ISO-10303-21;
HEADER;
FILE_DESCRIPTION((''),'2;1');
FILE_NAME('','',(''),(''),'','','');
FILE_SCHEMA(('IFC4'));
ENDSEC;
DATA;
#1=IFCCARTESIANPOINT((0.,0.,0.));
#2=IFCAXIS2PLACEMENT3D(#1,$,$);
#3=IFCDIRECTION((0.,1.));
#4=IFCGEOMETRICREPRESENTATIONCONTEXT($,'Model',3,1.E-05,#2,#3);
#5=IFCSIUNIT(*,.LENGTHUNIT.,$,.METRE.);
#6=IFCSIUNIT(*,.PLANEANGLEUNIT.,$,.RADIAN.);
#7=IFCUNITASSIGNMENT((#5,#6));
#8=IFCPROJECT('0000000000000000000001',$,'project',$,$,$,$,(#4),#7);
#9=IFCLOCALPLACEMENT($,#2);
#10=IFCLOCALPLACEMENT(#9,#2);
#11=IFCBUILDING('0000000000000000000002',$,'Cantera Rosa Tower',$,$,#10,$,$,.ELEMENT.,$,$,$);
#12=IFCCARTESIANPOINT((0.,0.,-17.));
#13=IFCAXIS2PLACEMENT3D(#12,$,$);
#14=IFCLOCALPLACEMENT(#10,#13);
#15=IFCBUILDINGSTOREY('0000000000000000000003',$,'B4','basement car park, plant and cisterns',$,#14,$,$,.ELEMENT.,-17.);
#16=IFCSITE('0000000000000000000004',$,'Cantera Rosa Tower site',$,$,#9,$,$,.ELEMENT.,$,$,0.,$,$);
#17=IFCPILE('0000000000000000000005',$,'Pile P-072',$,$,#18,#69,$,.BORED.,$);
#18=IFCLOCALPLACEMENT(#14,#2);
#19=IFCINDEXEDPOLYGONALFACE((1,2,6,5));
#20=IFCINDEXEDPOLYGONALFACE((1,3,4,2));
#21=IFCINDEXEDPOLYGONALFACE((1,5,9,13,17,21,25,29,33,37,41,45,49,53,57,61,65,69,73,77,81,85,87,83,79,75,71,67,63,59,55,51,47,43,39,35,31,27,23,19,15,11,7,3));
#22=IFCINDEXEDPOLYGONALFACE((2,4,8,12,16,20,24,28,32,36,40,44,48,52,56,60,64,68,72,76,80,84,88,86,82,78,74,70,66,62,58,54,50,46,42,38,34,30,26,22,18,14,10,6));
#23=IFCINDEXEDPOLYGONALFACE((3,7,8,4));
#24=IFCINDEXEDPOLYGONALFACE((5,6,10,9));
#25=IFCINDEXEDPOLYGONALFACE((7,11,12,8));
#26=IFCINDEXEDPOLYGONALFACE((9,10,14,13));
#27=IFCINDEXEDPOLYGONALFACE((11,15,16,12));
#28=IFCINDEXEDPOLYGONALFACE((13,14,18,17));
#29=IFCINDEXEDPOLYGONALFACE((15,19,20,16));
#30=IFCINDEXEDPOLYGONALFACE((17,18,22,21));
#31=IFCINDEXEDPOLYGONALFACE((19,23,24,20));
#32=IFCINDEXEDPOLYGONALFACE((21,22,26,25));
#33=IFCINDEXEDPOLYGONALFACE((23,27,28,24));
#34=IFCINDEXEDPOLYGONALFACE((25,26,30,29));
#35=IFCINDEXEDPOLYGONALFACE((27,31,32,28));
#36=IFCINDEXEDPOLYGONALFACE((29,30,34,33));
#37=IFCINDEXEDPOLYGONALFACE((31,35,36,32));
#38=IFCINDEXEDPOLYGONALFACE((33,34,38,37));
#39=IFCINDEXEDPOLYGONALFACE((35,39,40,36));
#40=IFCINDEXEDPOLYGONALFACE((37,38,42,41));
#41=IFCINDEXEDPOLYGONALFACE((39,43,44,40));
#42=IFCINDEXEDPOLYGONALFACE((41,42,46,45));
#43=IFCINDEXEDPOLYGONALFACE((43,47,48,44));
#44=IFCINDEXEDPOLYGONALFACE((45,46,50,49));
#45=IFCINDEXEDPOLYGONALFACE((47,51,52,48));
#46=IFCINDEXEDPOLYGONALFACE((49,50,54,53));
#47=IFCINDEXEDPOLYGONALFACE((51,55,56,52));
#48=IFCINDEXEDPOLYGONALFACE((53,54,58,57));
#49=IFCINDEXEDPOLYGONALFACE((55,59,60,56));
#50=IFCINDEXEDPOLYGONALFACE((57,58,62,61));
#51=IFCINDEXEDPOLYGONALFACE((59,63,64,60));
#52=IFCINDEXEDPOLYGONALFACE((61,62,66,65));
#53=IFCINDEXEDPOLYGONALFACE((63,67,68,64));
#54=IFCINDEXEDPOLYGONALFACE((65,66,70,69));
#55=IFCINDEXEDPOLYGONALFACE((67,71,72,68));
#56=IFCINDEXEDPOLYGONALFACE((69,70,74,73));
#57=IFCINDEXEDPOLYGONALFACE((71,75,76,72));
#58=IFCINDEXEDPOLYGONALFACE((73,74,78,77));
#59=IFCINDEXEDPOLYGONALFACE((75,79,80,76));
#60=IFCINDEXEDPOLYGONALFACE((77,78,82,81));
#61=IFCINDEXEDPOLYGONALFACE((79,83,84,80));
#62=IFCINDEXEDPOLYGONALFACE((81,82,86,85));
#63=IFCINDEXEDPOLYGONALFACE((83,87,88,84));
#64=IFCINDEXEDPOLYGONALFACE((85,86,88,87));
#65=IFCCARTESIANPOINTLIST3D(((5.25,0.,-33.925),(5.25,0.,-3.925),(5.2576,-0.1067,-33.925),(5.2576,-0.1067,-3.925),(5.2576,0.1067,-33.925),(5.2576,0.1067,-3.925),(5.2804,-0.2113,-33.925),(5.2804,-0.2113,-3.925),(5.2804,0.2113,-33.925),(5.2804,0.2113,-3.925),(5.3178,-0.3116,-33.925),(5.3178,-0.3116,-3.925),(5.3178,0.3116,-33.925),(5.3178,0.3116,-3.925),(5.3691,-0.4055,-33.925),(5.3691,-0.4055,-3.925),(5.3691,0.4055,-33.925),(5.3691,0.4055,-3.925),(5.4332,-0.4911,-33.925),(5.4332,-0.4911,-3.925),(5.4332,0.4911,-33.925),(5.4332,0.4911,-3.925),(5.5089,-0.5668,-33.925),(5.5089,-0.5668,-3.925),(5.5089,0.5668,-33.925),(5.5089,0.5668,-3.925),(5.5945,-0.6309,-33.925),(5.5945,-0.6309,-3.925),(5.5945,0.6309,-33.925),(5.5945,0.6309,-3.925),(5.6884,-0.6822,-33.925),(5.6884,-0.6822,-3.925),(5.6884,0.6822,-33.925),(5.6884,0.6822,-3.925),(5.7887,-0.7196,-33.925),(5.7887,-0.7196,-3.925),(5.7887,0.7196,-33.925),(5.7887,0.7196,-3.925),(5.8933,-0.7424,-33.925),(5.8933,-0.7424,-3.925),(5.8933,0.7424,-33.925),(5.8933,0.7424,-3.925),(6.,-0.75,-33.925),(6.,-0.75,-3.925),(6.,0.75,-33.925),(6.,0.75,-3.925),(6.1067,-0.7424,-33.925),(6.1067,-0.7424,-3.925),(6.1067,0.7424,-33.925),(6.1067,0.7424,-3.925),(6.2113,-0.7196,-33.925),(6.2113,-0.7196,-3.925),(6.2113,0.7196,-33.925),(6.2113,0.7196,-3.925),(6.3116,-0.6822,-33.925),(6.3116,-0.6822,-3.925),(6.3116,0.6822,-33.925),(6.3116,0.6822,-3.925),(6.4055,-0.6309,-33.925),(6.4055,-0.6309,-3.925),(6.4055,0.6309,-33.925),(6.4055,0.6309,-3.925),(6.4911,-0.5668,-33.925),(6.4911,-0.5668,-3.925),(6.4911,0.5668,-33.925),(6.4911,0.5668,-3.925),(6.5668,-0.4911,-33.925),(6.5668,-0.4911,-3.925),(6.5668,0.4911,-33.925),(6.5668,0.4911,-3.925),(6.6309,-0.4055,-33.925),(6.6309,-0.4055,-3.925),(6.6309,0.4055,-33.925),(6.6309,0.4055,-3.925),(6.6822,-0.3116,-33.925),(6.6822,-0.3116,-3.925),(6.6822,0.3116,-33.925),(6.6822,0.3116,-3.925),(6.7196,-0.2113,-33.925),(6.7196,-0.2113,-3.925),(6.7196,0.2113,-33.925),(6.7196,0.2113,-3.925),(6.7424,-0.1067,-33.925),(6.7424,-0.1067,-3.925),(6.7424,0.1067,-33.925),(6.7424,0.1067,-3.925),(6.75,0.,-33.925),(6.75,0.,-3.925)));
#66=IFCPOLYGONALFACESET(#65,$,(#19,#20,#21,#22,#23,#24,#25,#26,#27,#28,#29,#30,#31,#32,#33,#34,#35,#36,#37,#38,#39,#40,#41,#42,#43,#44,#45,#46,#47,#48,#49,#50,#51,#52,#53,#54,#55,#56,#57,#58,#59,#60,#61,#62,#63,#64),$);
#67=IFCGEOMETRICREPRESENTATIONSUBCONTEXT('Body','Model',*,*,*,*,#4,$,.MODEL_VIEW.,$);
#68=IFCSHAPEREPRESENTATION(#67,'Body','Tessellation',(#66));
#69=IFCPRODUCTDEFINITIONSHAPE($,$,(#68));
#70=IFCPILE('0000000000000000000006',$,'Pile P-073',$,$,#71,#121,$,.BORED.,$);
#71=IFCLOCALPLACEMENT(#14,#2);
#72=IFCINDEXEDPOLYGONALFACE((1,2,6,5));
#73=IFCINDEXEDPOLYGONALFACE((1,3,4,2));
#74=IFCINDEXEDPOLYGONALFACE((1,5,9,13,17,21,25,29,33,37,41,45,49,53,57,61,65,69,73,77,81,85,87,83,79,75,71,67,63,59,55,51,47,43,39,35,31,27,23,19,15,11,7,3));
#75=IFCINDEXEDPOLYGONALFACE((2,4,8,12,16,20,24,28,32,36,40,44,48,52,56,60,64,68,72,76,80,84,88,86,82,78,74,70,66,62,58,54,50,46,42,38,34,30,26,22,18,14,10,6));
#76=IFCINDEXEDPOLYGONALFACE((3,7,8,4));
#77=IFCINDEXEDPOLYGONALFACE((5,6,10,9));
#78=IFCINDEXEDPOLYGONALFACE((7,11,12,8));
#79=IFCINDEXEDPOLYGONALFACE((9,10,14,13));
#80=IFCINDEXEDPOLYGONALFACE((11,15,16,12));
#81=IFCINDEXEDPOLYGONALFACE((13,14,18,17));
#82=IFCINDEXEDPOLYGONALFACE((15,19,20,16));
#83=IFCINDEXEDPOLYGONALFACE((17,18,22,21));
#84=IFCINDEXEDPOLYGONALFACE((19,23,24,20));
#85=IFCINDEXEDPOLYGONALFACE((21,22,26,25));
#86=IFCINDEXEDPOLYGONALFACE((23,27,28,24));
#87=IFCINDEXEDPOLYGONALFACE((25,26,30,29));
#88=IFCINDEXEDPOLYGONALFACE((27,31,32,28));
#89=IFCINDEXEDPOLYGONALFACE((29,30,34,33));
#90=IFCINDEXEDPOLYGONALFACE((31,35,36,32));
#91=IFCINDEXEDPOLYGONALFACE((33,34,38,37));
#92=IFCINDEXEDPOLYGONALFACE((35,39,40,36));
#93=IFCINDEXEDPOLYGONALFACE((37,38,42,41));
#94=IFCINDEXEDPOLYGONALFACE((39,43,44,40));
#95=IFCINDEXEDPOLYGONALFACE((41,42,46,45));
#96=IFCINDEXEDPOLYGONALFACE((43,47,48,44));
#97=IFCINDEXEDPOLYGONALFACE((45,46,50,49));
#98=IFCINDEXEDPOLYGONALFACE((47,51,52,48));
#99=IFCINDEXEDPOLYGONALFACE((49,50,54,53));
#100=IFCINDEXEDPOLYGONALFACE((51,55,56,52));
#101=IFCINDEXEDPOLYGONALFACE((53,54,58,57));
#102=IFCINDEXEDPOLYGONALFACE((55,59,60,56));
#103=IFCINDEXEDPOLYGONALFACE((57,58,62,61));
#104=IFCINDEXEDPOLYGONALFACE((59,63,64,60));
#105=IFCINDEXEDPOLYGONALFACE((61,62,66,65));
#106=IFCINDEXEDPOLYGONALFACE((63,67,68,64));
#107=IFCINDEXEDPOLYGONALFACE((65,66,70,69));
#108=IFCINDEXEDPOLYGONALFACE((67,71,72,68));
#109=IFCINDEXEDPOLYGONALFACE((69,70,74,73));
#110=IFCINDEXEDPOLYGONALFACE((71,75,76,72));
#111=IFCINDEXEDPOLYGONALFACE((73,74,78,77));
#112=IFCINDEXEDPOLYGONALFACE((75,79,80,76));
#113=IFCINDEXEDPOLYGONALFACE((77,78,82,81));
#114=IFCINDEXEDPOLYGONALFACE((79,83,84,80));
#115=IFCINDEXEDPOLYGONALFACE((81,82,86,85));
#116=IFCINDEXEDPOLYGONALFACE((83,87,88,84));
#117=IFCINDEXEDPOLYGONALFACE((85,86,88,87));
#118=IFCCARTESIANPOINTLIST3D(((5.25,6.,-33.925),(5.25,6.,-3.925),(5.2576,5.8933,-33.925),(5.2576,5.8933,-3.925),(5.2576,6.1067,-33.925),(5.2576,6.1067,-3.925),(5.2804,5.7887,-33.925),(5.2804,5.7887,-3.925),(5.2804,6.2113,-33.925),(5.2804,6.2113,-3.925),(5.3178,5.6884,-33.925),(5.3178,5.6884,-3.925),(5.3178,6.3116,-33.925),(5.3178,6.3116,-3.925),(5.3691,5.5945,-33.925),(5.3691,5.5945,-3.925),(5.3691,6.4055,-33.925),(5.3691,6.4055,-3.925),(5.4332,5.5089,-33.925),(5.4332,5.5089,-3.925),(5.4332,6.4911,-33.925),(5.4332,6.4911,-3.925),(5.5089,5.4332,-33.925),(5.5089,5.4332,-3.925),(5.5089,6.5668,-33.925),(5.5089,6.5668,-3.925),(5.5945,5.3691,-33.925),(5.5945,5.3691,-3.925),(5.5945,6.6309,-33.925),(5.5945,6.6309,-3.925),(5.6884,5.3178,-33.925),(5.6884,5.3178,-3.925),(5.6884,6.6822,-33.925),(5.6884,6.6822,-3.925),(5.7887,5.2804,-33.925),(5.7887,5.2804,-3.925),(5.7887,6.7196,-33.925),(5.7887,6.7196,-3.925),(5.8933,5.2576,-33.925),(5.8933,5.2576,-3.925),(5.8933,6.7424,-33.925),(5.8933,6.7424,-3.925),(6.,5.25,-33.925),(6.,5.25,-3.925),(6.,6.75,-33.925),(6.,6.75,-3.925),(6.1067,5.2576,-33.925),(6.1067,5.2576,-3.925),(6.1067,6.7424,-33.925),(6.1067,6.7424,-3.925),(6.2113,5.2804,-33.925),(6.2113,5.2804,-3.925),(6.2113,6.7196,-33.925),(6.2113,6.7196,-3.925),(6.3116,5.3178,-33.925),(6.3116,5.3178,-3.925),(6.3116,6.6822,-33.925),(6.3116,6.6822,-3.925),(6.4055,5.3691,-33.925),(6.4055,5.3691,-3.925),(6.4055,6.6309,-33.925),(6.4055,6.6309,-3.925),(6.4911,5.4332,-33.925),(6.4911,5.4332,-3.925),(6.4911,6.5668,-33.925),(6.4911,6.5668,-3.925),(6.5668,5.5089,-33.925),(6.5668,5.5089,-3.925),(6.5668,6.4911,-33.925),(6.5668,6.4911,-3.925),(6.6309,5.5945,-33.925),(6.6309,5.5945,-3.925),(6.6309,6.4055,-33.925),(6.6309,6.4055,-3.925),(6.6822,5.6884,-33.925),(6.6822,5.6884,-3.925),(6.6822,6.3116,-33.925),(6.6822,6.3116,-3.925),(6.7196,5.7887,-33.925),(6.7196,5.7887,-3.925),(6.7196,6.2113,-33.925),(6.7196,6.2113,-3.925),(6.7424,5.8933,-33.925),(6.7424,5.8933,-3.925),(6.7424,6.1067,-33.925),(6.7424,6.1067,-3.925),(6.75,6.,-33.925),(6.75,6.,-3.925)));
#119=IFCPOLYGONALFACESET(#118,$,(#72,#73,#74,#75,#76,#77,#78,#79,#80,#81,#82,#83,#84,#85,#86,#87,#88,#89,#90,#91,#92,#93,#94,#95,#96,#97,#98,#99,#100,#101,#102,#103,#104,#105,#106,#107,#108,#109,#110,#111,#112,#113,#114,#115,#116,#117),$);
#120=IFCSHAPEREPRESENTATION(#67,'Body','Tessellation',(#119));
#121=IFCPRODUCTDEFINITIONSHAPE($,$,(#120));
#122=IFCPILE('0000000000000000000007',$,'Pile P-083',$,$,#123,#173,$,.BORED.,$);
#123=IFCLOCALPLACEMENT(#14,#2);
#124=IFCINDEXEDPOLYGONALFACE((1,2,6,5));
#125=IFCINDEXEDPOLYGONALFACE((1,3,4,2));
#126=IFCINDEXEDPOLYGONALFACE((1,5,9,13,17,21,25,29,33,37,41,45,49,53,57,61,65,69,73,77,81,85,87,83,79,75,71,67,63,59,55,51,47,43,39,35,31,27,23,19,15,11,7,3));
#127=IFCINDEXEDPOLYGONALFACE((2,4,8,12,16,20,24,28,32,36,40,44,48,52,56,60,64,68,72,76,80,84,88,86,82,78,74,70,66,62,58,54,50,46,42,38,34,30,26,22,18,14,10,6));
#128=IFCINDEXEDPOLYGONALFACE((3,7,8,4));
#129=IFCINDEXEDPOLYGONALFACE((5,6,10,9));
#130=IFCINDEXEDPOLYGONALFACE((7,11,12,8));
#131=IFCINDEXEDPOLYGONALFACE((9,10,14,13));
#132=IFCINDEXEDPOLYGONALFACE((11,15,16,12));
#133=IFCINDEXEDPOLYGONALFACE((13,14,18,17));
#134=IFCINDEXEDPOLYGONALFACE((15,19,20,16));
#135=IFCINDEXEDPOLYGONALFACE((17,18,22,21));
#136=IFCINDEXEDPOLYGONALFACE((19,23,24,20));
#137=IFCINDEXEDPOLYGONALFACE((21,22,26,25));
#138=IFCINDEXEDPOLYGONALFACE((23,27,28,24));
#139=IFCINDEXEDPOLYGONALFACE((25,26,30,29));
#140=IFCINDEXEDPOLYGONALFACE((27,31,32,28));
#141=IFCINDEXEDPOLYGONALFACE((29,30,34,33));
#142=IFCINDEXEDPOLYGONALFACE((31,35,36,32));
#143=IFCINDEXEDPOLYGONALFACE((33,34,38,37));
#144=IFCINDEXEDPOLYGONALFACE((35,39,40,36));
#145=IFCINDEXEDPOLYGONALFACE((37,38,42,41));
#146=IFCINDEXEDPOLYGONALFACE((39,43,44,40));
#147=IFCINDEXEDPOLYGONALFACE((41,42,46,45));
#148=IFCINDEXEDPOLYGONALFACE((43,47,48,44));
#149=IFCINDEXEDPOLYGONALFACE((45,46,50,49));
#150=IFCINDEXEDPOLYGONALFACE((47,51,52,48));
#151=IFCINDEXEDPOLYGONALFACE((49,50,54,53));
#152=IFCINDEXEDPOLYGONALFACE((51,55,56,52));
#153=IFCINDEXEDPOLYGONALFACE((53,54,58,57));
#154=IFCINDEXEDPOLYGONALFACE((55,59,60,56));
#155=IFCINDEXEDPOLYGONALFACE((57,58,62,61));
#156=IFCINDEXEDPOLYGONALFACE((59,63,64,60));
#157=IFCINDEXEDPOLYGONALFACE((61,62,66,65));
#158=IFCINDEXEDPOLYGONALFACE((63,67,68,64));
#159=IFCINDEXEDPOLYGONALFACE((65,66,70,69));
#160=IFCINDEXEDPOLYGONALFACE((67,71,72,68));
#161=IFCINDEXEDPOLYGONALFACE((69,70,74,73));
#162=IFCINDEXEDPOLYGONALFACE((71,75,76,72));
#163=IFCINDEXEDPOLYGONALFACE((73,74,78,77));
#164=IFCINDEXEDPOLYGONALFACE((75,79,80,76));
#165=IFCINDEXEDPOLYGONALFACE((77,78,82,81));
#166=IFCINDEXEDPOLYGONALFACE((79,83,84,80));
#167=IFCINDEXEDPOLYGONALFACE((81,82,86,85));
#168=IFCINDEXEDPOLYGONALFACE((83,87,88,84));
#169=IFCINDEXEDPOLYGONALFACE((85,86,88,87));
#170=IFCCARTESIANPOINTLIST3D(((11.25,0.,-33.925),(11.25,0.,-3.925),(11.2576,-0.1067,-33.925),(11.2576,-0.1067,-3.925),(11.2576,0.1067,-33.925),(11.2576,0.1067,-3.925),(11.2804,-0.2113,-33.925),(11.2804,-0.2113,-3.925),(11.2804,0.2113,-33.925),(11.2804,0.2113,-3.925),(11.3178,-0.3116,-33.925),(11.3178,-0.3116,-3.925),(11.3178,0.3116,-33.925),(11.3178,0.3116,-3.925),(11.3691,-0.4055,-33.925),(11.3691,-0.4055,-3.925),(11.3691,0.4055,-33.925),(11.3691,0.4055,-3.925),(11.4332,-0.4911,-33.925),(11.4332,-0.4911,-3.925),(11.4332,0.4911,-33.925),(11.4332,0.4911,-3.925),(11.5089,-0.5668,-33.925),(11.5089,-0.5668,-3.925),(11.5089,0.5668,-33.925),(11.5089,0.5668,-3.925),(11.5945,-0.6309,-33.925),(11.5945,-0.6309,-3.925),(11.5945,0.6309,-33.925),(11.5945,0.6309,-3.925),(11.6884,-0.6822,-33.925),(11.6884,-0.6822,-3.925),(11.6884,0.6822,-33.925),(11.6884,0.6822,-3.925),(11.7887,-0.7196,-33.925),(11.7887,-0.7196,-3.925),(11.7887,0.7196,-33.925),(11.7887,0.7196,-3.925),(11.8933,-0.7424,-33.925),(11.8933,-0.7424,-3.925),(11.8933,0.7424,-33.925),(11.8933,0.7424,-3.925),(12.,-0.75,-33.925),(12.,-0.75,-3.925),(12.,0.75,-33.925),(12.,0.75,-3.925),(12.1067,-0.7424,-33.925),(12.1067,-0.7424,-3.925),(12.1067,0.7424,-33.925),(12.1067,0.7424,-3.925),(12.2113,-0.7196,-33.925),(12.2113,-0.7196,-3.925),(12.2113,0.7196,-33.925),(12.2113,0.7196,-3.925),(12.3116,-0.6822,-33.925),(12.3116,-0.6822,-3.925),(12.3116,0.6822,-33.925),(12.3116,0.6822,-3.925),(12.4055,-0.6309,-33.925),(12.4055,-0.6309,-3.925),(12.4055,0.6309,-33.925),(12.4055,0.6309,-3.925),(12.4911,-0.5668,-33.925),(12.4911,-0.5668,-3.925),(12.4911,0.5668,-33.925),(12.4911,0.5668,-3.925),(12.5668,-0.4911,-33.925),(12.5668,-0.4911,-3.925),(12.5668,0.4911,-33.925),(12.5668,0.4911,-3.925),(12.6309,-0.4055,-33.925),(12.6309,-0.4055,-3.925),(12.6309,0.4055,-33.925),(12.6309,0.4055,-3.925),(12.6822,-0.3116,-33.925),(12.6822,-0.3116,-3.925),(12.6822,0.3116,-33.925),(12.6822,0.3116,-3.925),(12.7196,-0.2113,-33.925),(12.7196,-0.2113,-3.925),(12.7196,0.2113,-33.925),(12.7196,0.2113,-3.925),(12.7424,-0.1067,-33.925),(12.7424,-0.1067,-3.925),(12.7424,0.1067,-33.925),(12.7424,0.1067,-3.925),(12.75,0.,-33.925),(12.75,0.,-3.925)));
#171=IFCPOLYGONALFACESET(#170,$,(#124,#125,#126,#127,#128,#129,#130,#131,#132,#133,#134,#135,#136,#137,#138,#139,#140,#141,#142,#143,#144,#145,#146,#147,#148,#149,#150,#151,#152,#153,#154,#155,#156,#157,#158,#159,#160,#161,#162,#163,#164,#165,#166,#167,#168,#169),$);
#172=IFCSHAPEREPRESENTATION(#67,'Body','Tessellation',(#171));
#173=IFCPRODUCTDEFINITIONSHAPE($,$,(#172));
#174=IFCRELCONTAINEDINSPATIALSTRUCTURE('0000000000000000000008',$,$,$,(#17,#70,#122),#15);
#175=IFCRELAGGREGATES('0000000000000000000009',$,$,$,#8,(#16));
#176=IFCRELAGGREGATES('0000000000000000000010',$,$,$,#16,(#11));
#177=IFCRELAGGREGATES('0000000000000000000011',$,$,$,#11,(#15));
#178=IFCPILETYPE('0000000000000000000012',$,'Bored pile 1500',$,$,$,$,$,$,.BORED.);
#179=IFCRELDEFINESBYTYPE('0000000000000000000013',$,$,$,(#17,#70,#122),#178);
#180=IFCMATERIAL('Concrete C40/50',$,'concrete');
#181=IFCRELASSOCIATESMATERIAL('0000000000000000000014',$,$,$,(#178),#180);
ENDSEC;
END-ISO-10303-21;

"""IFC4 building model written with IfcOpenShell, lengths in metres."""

from ifc_helpers import new_model, si_unit, direction, frame, origin, origin_2d, place, context, subcontext, project, spatial, circle, extrude, material, material_profile, profile_set, type_object, element, save


model = new_model("IFC4")

# Units and contexts
model_context = context("Model", 3, precision=1e-05, world=origin(), true_north=direction((0.0, 1.0)))
body_context = subcontext(model_context, "Body", "Model", "MODEL_VIEW")
ifc_project = project(units=[si_unit("LENGTHUNIT", "METRE"), si_unit("PLANEANGLEUNIT", "RADIAN")], contexts=[model_context])

# Site, building, storey
site_placement = place(None, origin())
site = spatial("IfcSite", under=ifc_project, at=site_placement, Name="Cantera Rosa Tower site", CompositionType="ELEMENT", RefElevation=0.0)
building_placement = place(site_placement, origin())
building = spatial("IfcBuilding", under=site, at=building_placement, Name="Cantera Rosa Tower", CompositionType="ELEMENT")
storey_placement = place(building_placement, frame((0.0, 0.0, -17.0)))
storey = spatial("IfcBuildingStorey", under=building, at=storey_placement, Name="B4", Description="basement car park, plant and cisterns", CompositionType="ELEMENT", Elevation=-17.0)

# Piles
ifc_material_1 = material(Name="Concrete C40/50", Category="concrete")
ifc_material_profile_1 = material_profile(ifc_material_1, circle(Radius=0.75, at=origin_2d()), Name="Bored pile 1500")
ifc_profile_set_1 = profile_set([ifc_material_profile_1], Name="Concrete C40/50")
pile_type = type_object("IfcPileType", Name="Bored pile 1500", PredefinedType="BORED", material=ifc_profile_set_1)
for number, where, z_axis, x_axis, name in (
    (1, (6.0, 0.0, -3.925), (0.0, 0.0, -1.0), (1.0, 0.0, 0.0), "Pile P-072"),
    (2, (6.0, 6.0, -3.925), (0.0, 0.0, -1.0), (1.0, 0.0, 0.0), "Pile P-073"),
    (3, (12.0, 0.0, -3.925), (0.0, 0.0, -1.0), (1.0, 0.0, 0.0), "Pile P-083"),
):
    element("IfcPile", number, at=place(storey_placement, frame(where, z_axis=z_axis, x_axis=x_axis)), inside=storey, type_object=pile_type, Name=name, PredefinedType="BORED", context=body_context, shape_type="SweptSolid", body=[
        extrude(circle(Radius=0.75, at=origin_2d()), origin(), (0.0, 0.0, 1.0), 30.0),
    ])

save(model, "model.ifc")
